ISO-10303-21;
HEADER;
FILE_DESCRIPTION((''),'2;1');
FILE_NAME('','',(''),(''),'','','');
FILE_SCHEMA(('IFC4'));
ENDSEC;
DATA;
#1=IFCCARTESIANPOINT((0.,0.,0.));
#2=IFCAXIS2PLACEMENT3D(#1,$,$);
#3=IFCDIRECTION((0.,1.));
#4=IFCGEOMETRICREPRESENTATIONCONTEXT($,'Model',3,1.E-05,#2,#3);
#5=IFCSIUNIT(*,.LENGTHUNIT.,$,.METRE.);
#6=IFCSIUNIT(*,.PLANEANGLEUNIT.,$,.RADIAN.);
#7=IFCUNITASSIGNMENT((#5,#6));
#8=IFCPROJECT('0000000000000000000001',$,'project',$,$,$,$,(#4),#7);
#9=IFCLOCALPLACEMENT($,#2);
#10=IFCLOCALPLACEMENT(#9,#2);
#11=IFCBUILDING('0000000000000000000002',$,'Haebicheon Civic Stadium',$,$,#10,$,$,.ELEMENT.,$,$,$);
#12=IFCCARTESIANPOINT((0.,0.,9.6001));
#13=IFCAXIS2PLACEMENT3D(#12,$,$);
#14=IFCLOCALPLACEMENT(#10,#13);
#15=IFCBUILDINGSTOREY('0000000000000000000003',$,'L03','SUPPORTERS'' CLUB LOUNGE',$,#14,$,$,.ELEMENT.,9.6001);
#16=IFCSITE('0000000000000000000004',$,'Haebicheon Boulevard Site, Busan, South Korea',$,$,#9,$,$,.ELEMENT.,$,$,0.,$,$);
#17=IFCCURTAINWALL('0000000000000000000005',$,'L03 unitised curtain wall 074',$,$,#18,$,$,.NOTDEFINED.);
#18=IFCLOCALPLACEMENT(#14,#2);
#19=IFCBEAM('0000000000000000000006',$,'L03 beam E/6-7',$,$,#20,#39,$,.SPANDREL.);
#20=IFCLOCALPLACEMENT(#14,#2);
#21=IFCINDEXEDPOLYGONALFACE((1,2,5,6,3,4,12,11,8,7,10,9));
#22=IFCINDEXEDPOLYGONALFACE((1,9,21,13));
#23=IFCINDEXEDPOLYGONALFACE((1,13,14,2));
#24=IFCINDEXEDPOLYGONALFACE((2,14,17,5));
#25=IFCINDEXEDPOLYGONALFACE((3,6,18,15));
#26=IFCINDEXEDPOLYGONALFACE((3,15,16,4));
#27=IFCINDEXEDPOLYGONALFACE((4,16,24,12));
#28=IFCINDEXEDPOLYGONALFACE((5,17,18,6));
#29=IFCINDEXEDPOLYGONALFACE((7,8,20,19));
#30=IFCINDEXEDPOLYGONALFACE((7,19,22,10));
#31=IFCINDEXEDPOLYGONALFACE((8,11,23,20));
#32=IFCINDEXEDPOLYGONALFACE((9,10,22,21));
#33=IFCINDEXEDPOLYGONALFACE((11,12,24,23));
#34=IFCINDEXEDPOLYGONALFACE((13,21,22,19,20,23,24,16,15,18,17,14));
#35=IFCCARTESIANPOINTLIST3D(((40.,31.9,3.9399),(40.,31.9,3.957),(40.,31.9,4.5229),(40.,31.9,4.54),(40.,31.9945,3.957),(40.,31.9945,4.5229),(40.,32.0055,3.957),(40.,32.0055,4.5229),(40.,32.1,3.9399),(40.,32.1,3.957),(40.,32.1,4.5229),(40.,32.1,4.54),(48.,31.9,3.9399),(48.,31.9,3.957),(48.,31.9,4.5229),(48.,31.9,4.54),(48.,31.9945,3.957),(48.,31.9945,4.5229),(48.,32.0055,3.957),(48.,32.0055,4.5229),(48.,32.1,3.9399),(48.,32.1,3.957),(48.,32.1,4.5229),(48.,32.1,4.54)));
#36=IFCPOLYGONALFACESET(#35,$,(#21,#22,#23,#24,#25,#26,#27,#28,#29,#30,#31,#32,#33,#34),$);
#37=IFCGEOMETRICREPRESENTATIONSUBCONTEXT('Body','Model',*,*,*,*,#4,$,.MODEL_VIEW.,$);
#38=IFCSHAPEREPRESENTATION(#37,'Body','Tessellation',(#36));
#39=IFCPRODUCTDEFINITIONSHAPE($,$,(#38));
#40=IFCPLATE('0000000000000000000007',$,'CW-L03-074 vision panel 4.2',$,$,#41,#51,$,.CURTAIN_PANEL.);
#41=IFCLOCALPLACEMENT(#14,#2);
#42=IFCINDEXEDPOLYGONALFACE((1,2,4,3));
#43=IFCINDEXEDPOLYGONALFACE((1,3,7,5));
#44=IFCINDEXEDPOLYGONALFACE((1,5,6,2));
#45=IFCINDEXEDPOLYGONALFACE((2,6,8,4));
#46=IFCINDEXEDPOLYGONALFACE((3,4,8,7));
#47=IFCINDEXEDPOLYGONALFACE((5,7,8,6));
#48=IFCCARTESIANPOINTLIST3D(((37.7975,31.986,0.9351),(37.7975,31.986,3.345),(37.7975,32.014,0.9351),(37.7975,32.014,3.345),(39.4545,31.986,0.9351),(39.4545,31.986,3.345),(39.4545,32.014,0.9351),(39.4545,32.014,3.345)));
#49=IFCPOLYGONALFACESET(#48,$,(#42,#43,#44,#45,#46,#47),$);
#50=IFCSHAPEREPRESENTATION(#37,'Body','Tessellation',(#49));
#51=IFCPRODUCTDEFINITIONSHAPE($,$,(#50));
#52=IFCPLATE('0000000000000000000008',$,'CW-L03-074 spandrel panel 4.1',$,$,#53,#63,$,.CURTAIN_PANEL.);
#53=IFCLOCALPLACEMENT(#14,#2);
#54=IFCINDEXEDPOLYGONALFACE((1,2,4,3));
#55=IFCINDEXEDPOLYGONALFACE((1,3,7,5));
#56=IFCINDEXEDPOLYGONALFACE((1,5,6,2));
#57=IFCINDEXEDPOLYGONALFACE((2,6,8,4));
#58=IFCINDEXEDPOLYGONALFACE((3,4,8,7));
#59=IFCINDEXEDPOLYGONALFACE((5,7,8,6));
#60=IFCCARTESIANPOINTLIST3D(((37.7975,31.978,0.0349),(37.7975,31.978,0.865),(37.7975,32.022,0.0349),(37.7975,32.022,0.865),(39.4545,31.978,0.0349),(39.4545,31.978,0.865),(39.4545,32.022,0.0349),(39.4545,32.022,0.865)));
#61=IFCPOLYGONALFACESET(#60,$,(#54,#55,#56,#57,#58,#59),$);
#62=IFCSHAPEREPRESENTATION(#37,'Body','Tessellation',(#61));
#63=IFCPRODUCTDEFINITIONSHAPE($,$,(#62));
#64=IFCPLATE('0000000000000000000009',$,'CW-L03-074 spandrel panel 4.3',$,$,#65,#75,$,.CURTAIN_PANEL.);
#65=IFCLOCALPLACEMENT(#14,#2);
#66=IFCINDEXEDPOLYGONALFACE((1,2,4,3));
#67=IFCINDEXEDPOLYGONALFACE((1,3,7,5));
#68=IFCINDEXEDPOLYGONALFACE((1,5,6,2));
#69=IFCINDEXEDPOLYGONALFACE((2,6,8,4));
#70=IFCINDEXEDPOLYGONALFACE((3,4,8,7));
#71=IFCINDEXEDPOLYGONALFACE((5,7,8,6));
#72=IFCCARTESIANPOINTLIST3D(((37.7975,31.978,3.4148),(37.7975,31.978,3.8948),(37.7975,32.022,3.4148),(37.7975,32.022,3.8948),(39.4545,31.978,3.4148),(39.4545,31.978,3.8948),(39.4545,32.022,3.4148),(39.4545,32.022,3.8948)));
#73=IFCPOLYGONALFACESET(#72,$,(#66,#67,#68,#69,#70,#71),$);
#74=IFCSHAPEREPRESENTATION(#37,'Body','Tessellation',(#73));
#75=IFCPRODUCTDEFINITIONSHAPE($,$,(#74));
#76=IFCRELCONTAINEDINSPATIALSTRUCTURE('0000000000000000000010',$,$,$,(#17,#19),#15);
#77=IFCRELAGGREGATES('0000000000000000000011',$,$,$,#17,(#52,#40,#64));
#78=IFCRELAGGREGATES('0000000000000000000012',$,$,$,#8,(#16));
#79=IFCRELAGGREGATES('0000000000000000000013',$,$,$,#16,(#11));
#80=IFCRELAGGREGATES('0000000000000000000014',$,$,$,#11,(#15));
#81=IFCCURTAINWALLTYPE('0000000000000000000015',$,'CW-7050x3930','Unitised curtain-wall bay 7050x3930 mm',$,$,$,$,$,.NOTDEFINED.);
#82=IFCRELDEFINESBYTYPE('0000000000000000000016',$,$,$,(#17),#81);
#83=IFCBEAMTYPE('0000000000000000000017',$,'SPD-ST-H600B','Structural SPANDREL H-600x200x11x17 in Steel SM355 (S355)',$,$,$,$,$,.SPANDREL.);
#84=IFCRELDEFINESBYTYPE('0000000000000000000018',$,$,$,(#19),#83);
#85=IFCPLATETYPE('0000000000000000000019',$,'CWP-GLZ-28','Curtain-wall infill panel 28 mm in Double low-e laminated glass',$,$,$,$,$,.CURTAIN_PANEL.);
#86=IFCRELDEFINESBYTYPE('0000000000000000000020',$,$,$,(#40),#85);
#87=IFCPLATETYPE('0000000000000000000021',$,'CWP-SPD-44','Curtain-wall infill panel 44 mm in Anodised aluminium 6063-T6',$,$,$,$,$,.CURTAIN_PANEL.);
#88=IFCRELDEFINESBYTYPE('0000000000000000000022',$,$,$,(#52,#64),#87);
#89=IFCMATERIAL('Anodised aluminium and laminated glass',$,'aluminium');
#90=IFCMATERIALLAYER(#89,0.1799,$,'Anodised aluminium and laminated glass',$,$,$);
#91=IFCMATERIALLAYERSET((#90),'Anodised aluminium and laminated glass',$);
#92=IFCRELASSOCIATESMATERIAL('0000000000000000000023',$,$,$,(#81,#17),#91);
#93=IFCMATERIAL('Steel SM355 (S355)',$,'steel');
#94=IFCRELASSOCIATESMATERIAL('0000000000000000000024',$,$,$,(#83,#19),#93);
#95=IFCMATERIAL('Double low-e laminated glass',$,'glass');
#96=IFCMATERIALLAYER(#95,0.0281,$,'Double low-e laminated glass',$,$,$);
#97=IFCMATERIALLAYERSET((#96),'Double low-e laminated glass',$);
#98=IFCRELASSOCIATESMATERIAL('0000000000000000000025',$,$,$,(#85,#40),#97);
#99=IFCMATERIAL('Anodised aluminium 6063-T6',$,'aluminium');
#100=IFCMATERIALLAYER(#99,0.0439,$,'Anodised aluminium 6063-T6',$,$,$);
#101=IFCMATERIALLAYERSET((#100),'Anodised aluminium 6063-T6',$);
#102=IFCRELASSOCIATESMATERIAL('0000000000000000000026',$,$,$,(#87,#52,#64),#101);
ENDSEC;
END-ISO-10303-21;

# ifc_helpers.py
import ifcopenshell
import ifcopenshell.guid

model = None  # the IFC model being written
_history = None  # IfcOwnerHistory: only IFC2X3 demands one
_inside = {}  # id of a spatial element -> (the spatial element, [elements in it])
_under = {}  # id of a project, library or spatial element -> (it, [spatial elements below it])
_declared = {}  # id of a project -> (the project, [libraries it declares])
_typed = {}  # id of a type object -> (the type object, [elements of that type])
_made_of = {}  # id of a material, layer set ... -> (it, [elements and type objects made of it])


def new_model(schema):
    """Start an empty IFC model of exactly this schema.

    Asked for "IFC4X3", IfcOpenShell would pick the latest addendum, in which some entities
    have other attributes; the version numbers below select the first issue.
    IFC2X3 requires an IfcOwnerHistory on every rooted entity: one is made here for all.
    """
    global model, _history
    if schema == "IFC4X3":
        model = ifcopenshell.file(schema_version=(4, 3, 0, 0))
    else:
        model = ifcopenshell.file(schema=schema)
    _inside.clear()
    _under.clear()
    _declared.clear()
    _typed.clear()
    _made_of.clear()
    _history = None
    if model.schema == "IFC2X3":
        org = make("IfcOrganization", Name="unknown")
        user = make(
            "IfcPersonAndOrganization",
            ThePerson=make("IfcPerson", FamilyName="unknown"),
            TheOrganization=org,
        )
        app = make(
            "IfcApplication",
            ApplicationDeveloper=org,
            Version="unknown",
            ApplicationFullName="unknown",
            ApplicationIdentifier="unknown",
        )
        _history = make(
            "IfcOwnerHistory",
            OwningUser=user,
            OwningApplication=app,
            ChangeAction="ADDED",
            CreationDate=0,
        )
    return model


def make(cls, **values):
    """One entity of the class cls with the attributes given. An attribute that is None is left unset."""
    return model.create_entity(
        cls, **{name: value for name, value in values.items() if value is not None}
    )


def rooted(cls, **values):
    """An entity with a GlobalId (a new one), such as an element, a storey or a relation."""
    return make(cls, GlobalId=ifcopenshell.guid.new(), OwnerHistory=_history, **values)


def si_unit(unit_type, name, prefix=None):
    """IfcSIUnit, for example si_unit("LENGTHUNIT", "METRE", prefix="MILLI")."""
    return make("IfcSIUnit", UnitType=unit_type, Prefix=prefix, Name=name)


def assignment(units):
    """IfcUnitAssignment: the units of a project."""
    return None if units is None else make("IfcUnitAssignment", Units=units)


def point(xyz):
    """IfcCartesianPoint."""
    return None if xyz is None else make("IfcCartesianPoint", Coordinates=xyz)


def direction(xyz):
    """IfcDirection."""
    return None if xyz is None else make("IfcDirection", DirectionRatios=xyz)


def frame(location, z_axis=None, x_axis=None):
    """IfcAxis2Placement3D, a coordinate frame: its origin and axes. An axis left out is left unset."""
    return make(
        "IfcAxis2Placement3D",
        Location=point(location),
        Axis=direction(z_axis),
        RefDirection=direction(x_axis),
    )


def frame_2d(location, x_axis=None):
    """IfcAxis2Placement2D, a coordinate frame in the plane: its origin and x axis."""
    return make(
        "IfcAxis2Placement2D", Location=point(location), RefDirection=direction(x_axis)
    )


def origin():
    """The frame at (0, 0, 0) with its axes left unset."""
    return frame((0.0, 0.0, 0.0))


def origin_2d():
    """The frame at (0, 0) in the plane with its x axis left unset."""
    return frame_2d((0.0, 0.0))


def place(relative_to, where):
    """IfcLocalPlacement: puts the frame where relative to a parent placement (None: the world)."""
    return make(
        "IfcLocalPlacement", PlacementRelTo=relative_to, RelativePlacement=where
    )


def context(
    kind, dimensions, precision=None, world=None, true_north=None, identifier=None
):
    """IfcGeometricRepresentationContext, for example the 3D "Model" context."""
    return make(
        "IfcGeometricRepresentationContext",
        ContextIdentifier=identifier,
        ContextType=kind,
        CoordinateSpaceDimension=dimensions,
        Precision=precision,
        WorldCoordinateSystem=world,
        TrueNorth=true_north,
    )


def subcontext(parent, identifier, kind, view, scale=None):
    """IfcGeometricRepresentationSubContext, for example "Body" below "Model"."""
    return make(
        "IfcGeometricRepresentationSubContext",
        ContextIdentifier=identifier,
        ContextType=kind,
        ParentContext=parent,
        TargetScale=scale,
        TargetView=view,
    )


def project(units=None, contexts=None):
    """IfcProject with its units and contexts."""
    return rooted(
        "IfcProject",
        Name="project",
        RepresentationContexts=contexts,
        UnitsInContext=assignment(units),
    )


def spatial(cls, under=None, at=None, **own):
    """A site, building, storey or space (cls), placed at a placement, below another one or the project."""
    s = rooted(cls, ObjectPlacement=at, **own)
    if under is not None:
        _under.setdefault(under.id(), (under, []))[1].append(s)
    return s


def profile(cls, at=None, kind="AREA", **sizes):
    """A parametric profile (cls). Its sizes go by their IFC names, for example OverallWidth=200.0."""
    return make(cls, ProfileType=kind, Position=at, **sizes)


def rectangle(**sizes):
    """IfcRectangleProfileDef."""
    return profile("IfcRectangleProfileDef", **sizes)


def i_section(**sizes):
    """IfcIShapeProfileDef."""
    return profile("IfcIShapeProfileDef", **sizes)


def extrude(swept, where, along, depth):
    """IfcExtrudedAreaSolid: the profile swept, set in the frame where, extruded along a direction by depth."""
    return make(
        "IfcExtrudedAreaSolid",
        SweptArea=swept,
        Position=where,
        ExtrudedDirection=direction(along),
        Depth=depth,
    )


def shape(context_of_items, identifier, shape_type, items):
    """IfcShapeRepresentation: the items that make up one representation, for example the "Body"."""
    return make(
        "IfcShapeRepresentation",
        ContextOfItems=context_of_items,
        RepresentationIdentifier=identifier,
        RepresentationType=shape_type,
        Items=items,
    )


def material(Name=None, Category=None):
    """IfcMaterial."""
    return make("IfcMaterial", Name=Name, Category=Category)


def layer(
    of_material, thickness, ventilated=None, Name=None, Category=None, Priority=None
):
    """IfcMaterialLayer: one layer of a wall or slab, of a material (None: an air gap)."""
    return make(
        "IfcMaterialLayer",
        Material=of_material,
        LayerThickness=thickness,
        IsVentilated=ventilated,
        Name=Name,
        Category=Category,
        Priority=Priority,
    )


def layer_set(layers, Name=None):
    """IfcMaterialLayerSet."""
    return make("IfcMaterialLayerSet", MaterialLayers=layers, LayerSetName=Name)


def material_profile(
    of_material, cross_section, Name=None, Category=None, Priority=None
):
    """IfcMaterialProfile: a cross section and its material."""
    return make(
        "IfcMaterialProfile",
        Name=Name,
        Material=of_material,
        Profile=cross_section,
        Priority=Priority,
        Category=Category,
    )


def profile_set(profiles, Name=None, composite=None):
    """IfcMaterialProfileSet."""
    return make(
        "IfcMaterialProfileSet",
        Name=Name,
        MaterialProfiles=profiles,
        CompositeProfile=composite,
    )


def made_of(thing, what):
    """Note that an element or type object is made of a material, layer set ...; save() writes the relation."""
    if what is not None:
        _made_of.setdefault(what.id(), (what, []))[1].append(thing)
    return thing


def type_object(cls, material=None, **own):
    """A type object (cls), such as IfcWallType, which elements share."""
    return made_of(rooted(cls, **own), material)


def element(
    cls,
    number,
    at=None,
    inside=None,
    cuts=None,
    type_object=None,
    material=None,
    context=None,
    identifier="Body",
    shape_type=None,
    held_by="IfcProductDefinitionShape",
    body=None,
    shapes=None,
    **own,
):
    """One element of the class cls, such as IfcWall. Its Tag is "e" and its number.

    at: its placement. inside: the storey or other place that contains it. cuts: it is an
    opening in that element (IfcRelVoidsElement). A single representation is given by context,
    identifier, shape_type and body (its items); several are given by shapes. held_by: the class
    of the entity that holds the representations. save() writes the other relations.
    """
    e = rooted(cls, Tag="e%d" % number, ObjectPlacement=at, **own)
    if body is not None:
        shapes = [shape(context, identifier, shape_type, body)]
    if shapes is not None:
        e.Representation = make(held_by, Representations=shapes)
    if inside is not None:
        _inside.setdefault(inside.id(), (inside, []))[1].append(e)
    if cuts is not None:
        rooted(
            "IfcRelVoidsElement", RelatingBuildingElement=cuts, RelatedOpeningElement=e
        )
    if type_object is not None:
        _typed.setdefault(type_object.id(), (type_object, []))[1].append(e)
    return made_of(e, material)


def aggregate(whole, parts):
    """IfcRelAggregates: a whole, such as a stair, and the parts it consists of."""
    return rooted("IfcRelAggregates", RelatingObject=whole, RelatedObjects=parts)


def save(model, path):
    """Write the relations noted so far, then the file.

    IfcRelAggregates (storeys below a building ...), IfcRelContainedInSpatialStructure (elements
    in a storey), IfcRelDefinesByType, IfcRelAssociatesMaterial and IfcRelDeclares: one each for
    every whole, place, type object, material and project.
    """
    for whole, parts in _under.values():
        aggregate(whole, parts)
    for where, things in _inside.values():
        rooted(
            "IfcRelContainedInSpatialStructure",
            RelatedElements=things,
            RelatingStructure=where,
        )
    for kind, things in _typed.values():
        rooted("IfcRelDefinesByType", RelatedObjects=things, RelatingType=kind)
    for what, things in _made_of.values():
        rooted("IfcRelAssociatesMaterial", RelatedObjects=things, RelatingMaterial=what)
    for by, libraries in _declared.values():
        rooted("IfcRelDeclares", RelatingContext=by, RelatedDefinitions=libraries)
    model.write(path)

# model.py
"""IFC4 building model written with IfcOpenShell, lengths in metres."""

from ifc_helpers import new_model, si_unit, direction, frame, origin, origin_2d, place, context, subcontext, project, spatial, rectangle, i_section, extrude, material, layer, layer_set, material_profile, profile_set, type_object, element, aggregate, save


model = new_model("IFC4")

# Units and contexts
model_context = context("Model", 3, precision=1e-05, world=origin(), true_north=direction((0.0, 1.0)))
body_context = subcontext(model_context, "Body", "Model", "MODEL_VIEW")
ifc_project = project(units=[si_unit("LENGTHUNIT", "METRE"), si_unit("PLANEANGLEUNIT", "RADIAN")], contexts=[model_context])

# Site, building, storey
site_placement = place(None, origin())
site = spatial("IfcSite", under=ifc_project, at=site_placement, Name="Haebicheon Boulevard Site, Busan, South Korea", CompositionType="ELEMENT", RefElevation=0.0)
building_placement = place(site_placement, origin())
building = spatial("IfcBuilding", under=site, at=building_placement, Name="Haebicheon Civic Stadium", CompositionType="ELEMENT")
storey_placement = place(building_placement, frame((0.0, 0.0, 9.6001)))
storey = spatial("IfcBuildingStorey", under=building, at=storey_placement, Name="L03", Description="SUPPORTERS' CLUB LOUNGE", CompositionType="ELEMENT", Elevation=9.6001)

# Curtain wall
ifc_material_1 = material(Name="Anodised aluminium and laminated glass", Category="aluminium")
ifc_layer_1 = layer(ifc_material_1, 0.1799, Name="Anodised aluminium and laminated glass")
ifc_layer_set_1 = layer_set([ifc_layer_1], Name="Anodised aluminium and laminated glass")
curtain_wall_type = type_object("IfcCurtainWallType", Name="CW-7050x3930", Description="Unitised curtain-wall bay 7050x3930 mm", PredefinedType="NOTDEFINED", material=ifc_layer_set_1)
curtain_wall_placement = place(storey_placement, origin())
curtain_wall = element("IfcCurtainWall", 1, at=curtain_wall_placement, inside=storey, type_object=curtain_wall_type, material=ifc_layer_set_1, Name="L03 unitised curtain wall 074", PredefinedType="NOTDEFINED")

# Beam
ifc_material_2 = material(Name="Steel SM355 (S355)", Category="steel")
ifc_material_profile_1 = material_profile(ifc_material_2, i_section(OverallWidth=0.2, OverallDepth=0.6001, WebThickness=0.011, FlangeThickness=0.0171, at=origin_2d()), Name="H-600x200x11x17")
ifc_profile_set_1 = profile_set([ifc_material_profile_1], Name="Steel SM355 (S355)")
beam_type_1 = type_object("IfcBeamType", Name="SPD-ST-H600B", Description="Structural SPANDREL H-600x200x11x17 in Steel SM355 (S355)", PredefinedType="SPANDREL", material=ifc_profile_set_1)
beam_placement = place(storey_placement, frame((40.0, 32.0, 4.24), z_axis=(1.0, 0.0, 0.0), x_axis=(0.0, 1.0, 0.0)))
element("IfcBeam", 2, at=beam_placement, inside=storey, type_object=beam_type_1, material=ifc_profile_set_1, Name="L03 beam E/6-7", PredefinedType="SPANDREL", context=body_context, shape_type="SweptSolid", body=[
    extrude(i_section(OverallWidth=0.2, OverallDepth=0.6001, WebThickness=0.011, FlangeThickness=0.0171, at=origin_2d()), origin(), (0.0, 0.0, 1.0), 8.0),
])

# Plates
ifc_material_3 = material(Name="Double low-e laminated glass", Category="glass")
ifc_layer_2 = layer(ifc_material_3, 0.0281, Name="Double low-e laminated glass")
ifc_layer_set_2 = layer_set([ifc_layer_2], Name="Double low-e laminated glass")
plate_type_1 = type_object("IfcPlateType", Name="CWP-GLZ-28", Description="Curtain-wall infill panel 28 mm in Double low-e laminated glass", PredefinedType="CURTAIN_PANEL", material=ifc_layer_set_2)
plate_1_placement = place(storey_placement, frame((38.626, 32.0, 0.9351), z_axis=(0.0, 0.0, 1.0), x_axis=(1.0, 0.0, 0.0)))
plate_1 = element("IfcPlate", 3, at=plate_1_placement, type_object=plate_type_1, material=ifc_layer_set_2, Name="CW-L03-074 vision panel 4.2", PredefinedType="CURTAIN_PANEL", context=body_context, shape_type="SweptSolid", body=[
    extrude(rectangle(XDim=1.657, YDim=0.0281, at=origin_2d()), origin(), (0.0, 0.0, 1.0), 2.4099),
])
ifc_material_4 = material(Name="Anodised aluminium 6063-T6", Category="aluminium")
ifc_layer_3 = layer(ifc_material_4, 0.0439, Name="Anodised aluminium 6063-T6")
ifc_layer_set_3 = layer_set([ifc_layer_3], Name="Anodised aluminium 6063-T6")
plate_type_2 = type_object("IfcPlateType", Name="CWP-SPD-44", Description="Curtain-wall infill panel 44 mm in Anodised aluminium 6063-T6", PredefinedType="CURTAIN_PANEL", material=ifc_layer_set_3)
plate_2_placement = place(storey_placement, frame((38.626, 32.0, 0.0349), z_axis=(0.0, 0.0, 1.0), x_axis=(1.0, 0.0, 0.0)))
plate_2 = element("IfcPlate", 4, at=plate_2_placement, type_object=plate_type_2, material=ifc_layer_set_3, Name="CW-L03-074 spandrel panel 4.1", PredefinedType="CURTAIN_PANEL", context=body_context, shape_type="SweptSolid", body=[
    extrude(rectangle(XDim=1.657, YDim=0.0439, at=origin_2d()), origin(), (0.0, 0.0, 1.0), 0.8301),
])
plate_3_placement = place(storey_placement, frame((38.626, 32.0, 3.4148), z_axis=(0.0, 0.0, 1.0), x_axis=(1.0, 0.0, 0.0)))
plate_3 = element("IfcPlate", 5, at=plate_3_placement, type_object=plate_type_2, material=ifc_layer_set_3, Name="CW-L03-074 spandrel panel 4.3", PredefinedType="CURTAIN_PANEL", context=body_context, shape_type="SweptSolid", body=[
    extrude(rectangle(XDim=1.657, YDim=0.0439, at=origin_2d()), origin(), (0.0, 0.0, 1.0), 0.48),
])
aggregate(curtain_wall, [plate_2, plate_1, plate_3])

save(model, "model.ifc")
